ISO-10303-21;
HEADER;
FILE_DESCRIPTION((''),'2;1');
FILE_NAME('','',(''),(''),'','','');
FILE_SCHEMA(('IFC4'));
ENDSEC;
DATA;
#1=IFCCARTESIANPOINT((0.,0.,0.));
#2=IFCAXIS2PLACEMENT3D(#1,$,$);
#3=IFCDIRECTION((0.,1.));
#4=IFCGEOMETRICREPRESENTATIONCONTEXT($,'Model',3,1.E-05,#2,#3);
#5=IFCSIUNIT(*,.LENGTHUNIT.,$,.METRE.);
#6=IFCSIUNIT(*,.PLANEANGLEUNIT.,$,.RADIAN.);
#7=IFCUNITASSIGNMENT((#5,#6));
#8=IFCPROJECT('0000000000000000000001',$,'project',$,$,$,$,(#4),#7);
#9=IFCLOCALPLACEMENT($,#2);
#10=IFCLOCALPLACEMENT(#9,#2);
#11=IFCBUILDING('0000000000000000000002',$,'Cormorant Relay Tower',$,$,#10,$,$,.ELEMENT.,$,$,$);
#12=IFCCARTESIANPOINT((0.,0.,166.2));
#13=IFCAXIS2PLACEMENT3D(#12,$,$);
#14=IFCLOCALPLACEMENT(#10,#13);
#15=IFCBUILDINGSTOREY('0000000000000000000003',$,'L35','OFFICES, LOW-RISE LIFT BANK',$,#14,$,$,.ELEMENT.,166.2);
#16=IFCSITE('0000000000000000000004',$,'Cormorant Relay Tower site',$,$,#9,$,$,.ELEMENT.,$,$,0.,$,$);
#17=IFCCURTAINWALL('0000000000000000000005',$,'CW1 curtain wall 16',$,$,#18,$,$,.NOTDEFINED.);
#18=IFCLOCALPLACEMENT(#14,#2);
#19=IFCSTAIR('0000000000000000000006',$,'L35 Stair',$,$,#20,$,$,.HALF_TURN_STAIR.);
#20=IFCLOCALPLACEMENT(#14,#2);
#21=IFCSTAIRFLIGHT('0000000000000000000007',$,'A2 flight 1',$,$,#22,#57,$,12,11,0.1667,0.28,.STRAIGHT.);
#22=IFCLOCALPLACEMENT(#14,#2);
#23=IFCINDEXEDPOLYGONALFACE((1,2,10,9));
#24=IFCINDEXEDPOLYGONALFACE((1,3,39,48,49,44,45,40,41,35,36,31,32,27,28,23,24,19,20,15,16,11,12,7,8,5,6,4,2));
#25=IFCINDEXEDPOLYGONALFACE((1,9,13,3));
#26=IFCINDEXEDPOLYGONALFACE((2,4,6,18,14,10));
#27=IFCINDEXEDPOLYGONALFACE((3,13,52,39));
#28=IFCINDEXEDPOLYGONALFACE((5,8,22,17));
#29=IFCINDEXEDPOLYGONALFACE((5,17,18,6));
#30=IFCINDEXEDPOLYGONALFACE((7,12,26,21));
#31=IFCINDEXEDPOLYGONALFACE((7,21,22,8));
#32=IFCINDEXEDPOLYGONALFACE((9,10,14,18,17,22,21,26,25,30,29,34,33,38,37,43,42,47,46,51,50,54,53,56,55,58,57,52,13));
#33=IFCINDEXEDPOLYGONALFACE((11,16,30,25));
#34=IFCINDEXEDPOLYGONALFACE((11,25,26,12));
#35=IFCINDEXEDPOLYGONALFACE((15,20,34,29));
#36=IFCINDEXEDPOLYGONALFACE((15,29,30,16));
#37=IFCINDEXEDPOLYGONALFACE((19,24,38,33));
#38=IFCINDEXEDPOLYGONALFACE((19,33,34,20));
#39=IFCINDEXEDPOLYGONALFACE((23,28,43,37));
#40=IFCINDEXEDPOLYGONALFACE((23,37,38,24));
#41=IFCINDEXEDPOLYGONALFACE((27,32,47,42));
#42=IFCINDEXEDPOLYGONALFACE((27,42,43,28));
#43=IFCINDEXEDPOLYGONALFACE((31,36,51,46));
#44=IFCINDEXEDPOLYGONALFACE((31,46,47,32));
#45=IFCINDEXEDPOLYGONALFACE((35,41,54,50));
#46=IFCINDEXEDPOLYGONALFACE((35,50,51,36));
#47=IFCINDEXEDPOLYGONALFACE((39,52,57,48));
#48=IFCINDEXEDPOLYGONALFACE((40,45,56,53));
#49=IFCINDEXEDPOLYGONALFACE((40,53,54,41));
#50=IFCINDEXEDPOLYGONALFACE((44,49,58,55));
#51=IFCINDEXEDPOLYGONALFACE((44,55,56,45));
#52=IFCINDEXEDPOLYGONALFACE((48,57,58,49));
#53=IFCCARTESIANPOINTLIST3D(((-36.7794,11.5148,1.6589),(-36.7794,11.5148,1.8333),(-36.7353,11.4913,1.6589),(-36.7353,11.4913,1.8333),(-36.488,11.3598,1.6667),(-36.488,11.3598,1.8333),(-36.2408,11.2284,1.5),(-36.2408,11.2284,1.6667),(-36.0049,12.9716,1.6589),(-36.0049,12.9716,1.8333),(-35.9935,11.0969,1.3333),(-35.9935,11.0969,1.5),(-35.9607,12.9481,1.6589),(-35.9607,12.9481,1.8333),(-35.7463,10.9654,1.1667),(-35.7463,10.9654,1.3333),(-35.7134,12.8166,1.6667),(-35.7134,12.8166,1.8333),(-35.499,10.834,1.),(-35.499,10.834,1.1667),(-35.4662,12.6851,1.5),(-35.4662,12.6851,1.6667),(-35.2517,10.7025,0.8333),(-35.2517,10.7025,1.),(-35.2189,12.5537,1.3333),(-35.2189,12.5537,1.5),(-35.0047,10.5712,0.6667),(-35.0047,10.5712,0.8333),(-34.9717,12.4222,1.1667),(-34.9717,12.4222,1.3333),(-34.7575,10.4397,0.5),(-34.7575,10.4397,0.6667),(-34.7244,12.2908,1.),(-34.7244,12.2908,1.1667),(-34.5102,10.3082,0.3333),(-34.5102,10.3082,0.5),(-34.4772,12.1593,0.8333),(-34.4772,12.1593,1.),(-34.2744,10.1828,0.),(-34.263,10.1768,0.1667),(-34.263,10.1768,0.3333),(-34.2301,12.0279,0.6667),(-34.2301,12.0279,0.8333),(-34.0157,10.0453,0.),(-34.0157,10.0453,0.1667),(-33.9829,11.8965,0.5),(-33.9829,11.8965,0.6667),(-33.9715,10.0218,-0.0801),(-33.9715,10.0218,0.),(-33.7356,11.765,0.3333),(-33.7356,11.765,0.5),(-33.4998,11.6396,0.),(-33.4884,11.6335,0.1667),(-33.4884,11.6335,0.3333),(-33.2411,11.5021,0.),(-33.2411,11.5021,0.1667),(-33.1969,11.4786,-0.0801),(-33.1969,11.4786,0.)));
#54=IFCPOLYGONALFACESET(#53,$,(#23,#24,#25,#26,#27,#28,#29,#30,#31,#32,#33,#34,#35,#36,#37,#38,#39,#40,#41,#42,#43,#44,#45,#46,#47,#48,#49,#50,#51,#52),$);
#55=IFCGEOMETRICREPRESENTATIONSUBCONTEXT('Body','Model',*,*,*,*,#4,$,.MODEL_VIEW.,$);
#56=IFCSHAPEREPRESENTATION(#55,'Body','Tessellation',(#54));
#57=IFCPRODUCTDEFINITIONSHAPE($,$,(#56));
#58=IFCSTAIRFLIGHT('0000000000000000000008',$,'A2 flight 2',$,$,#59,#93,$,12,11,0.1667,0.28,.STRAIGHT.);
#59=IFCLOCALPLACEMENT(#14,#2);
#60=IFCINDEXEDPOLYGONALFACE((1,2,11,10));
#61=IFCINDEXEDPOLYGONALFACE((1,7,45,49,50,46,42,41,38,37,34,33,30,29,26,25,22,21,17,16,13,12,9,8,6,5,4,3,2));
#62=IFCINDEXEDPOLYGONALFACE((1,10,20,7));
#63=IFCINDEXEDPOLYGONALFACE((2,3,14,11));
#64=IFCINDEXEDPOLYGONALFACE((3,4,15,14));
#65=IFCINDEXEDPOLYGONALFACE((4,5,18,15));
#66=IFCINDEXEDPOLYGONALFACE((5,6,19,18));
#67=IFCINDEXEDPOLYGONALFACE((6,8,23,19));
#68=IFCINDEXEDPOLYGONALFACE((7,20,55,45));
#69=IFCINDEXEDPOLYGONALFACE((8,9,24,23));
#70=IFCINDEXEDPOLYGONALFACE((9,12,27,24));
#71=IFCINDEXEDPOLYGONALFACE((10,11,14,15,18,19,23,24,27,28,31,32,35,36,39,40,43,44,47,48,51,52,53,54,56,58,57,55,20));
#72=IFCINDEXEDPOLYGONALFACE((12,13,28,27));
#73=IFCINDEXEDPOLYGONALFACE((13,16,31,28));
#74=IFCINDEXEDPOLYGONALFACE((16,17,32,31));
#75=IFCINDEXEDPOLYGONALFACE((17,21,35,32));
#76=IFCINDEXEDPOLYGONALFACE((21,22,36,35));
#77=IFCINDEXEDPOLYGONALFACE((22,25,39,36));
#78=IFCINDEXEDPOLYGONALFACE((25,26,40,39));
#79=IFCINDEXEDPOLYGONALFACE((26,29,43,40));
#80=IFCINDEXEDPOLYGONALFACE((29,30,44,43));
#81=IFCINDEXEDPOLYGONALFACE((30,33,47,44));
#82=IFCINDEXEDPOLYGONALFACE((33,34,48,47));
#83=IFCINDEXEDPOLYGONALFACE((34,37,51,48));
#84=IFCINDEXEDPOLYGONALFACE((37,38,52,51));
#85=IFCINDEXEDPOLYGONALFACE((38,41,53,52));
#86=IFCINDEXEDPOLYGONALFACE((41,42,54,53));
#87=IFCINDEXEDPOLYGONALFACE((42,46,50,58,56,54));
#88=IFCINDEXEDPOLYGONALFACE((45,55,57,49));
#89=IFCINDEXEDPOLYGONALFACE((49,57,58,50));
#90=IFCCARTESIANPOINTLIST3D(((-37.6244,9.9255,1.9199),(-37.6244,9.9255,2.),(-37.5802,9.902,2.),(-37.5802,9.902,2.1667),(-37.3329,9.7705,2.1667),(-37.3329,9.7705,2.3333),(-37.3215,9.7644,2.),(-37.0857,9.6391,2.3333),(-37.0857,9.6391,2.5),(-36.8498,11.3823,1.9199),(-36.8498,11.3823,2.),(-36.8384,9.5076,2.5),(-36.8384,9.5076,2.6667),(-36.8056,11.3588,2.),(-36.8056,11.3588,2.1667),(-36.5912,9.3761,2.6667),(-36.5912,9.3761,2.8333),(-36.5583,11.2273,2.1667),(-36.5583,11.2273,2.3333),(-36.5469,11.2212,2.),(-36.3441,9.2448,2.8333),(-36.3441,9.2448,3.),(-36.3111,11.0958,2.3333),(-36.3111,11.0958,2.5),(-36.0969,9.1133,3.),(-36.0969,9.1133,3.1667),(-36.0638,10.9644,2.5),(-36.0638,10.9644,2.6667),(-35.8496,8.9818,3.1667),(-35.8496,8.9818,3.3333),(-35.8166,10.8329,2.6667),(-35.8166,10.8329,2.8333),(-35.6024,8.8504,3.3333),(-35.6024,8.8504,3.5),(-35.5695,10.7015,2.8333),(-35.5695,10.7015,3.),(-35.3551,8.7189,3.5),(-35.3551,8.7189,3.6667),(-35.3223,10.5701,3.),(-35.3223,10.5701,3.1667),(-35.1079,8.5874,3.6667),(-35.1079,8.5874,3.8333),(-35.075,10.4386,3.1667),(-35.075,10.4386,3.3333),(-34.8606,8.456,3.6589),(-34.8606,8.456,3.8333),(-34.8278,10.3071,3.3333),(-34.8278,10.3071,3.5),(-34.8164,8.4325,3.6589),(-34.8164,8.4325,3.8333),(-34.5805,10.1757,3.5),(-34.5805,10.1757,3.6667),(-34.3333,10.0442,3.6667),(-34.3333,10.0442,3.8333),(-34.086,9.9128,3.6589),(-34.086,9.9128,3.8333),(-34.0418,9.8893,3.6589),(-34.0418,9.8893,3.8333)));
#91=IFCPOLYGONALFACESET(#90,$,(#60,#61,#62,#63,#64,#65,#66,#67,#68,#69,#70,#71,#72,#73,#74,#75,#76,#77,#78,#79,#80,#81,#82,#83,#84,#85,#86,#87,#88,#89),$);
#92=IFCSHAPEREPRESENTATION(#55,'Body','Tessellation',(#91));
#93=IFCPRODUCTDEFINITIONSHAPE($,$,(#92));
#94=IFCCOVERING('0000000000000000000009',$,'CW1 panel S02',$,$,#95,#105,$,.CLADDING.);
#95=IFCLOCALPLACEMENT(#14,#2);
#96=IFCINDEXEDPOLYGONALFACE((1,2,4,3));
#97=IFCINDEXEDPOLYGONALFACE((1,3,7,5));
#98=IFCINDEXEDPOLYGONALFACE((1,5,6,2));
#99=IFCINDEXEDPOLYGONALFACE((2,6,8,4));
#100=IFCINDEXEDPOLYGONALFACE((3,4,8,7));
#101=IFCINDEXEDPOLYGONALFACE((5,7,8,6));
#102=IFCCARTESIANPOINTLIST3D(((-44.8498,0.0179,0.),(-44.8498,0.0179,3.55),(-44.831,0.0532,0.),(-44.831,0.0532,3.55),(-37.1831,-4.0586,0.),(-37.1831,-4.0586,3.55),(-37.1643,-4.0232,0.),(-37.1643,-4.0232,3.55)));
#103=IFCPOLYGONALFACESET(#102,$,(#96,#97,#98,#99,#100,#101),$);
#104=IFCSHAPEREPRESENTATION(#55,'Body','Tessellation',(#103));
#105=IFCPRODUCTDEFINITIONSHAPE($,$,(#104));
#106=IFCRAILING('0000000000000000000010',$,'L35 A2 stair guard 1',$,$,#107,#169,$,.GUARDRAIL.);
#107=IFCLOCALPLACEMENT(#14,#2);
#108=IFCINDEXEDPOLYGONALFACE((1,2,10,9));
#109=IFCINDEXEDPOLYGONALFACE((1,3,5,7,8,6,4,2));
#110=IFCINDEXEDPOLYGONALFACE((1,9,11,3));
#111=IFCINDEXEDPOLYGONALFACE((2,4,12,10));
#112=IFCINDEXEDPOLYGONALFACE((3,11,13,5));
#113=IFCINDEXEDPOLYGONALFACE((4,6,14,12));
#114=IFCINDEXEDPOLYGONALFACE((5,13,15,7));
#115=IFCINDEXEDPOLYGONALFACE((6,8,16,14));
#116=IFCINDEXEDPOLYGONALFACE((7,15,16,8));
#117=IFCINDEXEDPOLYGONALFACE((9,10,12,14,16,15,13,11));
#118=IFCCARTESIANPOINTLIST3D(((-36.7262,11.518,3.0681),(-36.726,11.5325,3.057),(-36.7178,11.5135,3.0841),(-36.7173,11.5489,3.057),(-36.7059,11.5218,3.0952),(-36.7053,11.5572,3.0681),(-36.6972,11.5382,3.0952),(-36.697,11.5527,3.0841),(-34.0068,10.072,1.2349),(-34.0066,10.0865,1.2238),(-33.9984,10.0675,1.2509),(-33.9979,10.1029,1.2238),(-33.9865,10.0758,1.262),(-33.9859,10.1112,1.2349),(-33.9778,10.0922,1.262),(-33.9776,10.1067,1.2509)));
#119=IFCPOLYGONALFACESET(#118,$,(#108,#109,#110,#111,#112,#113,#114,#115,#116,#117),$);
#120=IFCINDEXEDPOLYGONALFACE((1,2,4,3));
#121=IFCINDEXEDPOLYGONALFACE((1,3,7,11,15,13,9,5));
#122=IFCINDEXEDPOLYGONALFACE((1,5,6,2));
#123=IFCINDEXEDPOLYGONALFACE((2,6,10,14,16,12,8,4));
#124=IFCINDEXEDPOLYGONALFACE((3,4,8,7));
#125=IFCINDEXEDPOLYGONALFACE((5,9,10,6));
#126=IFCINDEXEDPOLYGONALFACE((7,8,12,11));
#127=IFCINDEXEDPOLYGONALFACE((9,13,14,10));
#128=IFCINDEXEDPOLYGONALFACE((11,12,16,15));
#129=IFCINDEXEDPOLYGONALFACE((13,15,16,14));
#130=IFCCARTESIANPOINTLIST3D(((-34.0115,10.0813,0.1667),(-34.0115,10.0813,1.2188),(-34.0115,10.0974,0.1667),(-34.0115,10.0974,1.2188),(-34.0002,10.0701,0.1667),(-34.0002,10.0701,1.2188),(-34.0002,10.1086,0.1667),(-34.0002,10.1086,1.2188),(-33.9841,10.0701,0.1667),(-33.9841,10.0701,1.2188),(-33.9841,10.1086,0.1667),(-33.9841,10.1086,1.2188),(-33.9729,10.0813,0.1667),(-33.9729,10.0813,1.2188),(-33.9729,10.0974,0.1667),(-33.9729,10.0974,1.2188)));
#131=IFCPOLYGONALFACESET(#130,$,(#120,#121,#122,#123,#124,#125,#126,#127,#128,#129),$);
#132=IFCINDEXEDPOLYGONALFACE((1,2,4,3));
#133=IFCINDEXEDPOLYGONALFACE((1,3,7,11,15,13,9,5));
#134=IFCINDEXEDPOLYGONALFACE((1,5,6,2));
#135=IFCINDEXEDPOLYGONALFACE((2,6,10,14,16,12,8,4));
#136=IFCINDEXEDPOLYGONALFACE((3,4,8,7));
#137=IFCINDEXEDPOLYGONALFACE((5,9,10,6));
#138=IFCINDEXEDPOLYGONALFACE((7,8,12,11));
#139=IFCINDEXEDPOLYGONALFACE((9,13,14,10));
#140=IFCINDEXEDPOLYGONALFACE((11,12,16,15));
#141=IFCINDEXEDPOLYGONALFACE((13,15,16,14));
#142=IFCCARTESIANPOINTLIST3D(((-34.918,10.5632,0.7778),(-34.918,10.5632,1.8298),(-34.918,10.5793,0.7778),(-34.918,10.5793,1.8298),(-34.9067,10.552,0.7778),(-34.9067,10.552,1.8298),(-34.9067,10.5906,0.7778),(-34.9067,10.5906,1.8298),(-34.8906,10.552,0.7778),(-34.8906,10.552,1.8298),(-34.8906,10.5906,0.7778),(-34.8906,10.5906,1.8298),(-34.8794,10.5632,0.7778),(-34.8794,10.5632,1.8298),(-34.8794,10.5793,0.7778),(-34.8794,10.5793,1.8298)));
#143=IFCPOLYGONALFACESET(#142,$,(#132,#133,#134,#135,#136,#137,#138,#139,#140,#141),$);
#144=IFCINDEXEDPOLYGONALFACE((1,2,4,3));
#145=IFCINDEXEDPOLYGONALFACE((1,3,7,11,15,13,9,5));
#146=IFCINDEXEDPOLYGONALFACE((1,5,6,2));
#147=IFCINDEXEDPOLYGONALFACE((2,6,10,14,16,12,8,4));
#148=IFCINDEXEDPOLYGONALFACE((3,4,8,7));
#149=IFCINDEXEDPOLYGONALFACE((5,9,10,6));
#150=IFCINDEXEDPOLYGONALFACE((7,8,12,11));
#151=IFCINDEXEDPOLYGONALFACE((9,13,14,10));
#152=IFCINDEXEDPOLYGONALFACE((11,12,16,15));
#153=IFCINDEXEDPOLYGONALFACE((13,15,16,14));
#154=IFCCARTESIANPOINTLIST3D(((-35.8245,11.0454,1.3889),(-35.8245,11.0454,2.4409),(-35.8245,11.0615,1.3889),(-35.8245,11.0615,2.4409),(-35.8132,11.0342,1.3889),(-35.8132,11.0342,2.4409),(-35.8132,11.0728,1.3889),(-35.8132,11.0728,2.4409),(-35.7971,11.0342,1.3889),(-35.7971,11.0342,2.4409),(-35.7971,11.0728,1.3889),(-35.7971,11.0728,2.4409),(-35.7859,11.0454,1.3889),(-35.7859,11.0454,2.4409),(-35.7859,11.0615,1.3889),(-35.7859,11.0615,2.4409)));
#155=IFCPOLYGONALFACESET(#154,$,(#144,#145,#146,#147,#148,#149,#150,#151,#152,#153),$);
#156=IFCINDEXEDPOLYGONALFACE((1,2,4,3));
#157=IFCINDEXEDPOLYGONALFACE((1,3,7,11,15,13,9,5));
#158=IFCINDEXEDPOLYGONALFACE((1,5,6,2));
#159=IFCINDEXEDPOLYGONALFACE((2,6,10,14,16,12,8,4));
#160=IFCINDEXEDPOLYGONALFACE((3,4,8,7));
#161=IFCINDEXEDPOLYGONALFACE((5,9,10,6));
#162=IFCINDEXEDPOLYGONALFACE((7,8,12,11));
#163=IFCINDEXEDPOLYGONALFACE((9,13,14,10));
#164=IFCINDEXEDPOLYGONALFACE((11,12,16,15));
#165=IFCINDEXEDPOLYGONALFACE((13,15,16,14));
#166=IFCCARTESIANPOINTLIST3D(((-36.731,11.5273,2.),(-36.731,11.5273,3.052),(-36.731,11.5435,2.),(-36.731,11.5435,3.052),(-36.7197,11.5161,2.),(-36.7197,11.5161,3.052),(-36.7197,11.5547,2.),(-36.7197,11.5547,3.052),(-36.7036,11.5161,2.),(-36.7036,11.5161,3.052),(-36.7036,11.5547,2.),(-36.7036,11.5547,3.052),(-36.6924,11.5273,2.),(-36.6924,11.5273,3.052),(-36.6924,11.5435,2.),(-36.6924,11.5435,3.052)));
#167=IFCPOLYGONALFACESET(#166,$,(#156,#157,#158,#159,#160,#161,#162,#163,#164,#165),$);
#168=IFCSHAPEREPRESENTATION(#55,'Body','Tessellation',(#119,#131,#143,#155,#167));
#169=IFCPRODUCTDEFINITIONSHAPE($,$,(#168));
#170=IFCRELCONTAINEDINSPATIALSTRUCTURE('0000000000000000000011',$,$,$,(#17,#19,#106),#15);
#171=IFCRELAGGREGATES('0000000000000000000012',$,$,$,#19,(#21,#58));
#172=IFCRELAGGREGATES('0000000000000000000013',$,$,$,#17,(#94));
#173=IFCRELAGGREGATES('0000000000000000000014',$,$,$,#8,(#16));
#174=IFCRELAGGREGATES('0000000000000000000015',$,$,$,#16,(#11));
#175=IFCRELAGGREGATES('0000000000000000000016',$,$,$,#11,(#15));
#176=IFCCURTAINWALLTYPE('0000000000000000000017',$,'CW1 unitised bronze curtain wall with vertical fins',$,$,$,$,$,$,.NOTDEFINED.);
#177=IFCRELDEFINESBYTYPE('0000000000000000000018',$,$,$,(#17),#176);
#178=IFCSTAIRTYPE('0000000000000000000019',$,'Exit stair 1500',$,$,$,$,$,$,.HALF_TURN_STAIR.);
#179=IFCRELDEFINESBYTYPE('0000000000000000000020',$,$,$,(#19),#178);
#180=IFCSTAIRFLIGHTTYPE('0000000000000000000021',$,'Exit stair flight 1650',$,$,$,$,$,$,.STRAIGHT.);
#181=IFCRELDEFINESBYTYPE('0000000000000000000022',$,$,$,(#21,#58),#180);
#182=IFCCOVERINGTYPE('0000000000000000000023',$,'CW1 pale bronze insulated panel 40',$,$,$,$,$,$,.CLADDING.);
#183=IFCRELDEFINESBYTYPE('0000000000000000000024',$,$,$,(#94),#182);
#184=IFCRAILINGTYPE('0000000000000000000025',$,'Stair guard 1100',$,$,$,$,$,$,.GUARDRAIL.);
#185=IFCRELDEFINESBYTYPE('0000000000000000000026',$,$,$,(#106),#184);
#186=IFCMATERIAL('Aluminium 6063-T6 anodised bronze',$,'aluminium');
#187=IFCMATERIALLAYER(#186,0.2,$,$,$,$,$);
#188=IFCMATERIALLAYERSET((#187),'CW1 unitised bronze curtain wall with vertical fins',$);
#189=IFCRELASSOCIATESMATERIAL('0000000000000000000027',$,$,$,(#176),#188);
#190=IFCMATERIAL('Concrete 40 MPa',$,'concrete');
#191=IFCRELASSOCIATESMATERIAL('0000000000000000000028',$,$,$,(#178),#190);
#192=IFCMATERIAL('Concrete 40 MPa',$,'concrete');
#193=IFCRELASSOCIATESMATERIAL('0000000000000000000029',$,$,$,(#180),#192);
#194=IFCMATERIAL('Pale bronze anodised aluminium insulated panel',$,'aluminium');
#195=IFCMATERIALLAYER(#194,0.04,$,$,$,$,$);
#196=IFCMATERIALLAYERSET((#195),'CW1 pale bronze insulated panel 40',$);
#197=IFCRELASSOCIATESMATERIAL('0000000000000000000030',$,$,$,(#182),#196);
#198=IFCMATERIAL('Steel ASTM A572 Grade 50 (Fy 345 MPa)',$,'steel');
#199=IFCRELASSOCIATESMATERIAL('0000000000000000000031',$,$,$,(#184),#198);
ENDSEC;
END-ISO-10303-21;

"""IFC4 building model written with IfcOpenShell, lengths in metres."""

from ifc_helpers import new_model, si_unit, direction, frame, origin, origin_2d, place, context, subcontext, project, spatial, polyline, rectangle, outline, extrude, material, layer, layer_set, type_object, element, aggregate, save


model = new_model("IFC4")

# Units and contexts
model_context = context("Model", 3, precision=1e-05, world=origin(), true_north=direction((0.0, 1.0)))
body_context = subcontext(model_context, "Body", "Model", "MODEL_VIEW")
ifc_project = project(units=[si_unit("LENGTHUNIT", "METRE"), si_unit("PLANEANGLEUNIT", "RADIAN")], contexts=[model_context])

# Site, building, storey
site_placement = place(None, origin())
site = spatial("IfcSite", under=ifc_project, at=site_placement, Name="Cormorant Relay Tower site", CompositionType="ELEMENT", RefElevation=0.0)
building_placement = place(site_placement, origin())
building = spatial("IfcBuilding", under=site, at=building_placement, Name="Cormorant Relay Tower", CompositionType="ELEMENT")
storey_placement = place(building_placement, frame((0.0, 0.0, 166.2)))
storey = spatial("IfcBuildingStorey", under=building, at=storey_placement, Name="L35", Description="OFFICES, LOW-RISE LIFT BANK", CompositionType="ELEMENT", Elevation=166.2)

# Curtain wall
ifc_material_1 = material(Name="Aluminium 6063-T6 anodised bronze", Category="aluminium")
ifc_layer_1 = layer(ifc_material_1, 0.2)
ifc_layer_set_1 = layer_set([ifc_layer_1], Name="CW1 unitised bronze curtain wall with vertical fins")
curtain_wall_type = type_object("IfcCurtainWallType", Name="CW1 unitised bronze curtain wall with vertical fins", PredefinedType="NOTDEFINED", material=ifc_layer_set_1)
curtain_wall_placement = place(storey_placement, origin())
curtain_wall = element("IfcCurtainWall", 1, at=curtain_wall_placement, inside=storey, type_object=curtain_wall_type, Name="CW1 curtain wall 16", PredefinedType="NOTDEFINED")

# Stair, stair flights
ifc_material_2 = material(Name="Concrete 40 MPa", Category="concrete")
stair_type = type_object("IfcStairType", Name="Exit stair 1500", PredefinedType="HALF_TURN_STAIR", material=ifc_material_2)
stair_placement = place(storey_placement, origin())
stair = element("IfcStair", 2, at=stair_placement, inside=storey, type_object=stair_type, Name="L35 Stair", PredefinedType="HALF_TURN_STAIR")
ifc_material_3 = material(Name="Concrete 40 MPa", Category="concrete")
stair_flight_type = type_object("IfcStairFlightType", Name="Exit stair flight 1650", PredefinedType="STRAIGHT", material=ifc_material_3)
stair_flight_1_placement = place(storey_placement, frame((-33.6284, 10.7737, 0.0), z_axis=(0.0, 0.0, 1.0), x_axis=(-0.882948, 0.469472, 0.0)))
stair_flight_1 = element("IfcStairFlight", 3, at=stair_flight_1_placement, type_object=stair_flight_type, Name="A2 flight 1", NumberOfRisers=12, NumberOfTreads=11, PredefinedType="STRAIGHT", RiserHeight=0.1667, TreadLength=0.28, context=body_context, shape_type="SweptSolid", body=[
    extrude(outline(polyline([(-0.05, -0.0801), (-0.05, 0.0), (0.0, 0.0), (0.0, 0.1667), (0.28, 0.1667), (0.28, 0.3333), (0.5601, 0.3333), (0.5601, 0.5), (0.8401, 0.5), (0.8401, 0.6667), (1.1201, 0.6667), (1.1201, 0.8333), (1.3999, 0.8333), (1.3999, 1.0), (1.6799, 1.0), (1.6799, 1.1667), (1.96, 1.1667), (1.96, 1.3333), (2.24, 1.3333), (2.24, 1.5), (2.52, 1.5), (2.52, 1.6667), (2.8, 1.6667), (2.8, 1.8333), (3.0801, 1.8333), (3.1301, 1.8333), (3.1301, 1.6589), (3.0801, 1.6589), (0.293, 0.0), (-0.05, -0.0801)])), frame((0.0, 0.825, 0.0), z_axis=(0.0, -1.0, 0.0), x_axis=(1.0, 0.0, 0.0)), (0.0, 0.0, 1.0), 1.6499),
])
stair_flight_2_placement = place(storey_placement, frame((-37.1929, 10.6304, 2.0), z_axis=(0.0, 0.0, 1.0), x_axis=(0.882948, -0.469472, 0.0)))
stair_flight_2 = element("IfcStairFlight", 4, at=stair_flight_2_placement, type_object=stair_flight_type, Name="A2 flight 2", NumberOfRisers=12, NumberOfTreads=11, PredefinedType="STRAIGHT", RiserHeight=0.1667, TreadLength=0.28, context=body_context, shape_type="SweptSolid", body=[
    extrude(outline(polyline([(-0.05, -0.0801), (-0.05, 0.0), (0.0, 0.0), (0.0, 0.1667), (0.28, 0.1667), (0.28, 0.3333), (0.5601, 0.3333), (0.5601, 0.5), (0.8401, 0.5), (0.8401, 0.6667), (1.1201, 0.6667), (1.1201, 0.8333), (1.3999, 0.8333), (1.3999, 1.0), (1.6799, 1.0), (1.6799, 1.1667), (1.96, 1.1667), (1.96, 1.3333), (2.24, 1.3333), (2.24, 1.5), (2.52, 1.5), (2.52, 1.6667), (2.8, 1.6667), (2.8, 1.8333), (3.0801, 1.8333), (3.1301, 1.8333), (3.1301, 1.6589), (3.0801, 1.6589), (0.293, 0.0), (-0.05, -0.0801)])), frame((0.0, 0.825, 0.0), z_axis=(0.0, -1.0, 0.0), x_axis=(1.0, 0.0, 0.0)), (0.0, 0.0, 1.0), 1.6499),
])
aggregate(stair, [stair_flight_1, stair_flight_2])

# Covering
ifc_material_4 = material(Name="Pale bronze anodised aluminium insulated panel", Category="aluminium")
ifc_layer_2 = layer(ifc_material_4, 0.04)
ifc_layer_set_2 = layer_set([ifc_layer_2], Name="CW1 pale bronze insulated panel 40")
covering_type = type_object("IfcCoveringType", Name="CW1 pale bronze insulated panel 40", PredefinedType="CLADDING", material=ifc_layer_set_2)
covering_placement = place(storey_placement, frame((-41.0071, -2.0027, 0.0), z_axis=(0.0, 0.0, 1.0), x_axis=(0.882948, -0.469472, 0.0)))
covering = element("IfcCovering", 5, at=covering_placement, type_object=covering_type, Name="CW1 panel S02", PredefinedType="CLADDING", context=body_context, shape_type="SweptSolid", body=[
    extrude(rectangle(XDim=8.6831, YDim=0.04, at=origin_2d()), origin(), (0.0, 0.0, 1.0), 3.55),
])
aggregate(curtain_wall, [covering])

# Railing
ifc_material_5 = material(Name="Steel ASTM A572 Grade 50 (Fy 345 MPa)", Category="steel")
railing_type_1 = type_object("IfcRailingType", Name="Stair guard 1100", PredefinedType="GUARDRAIL", material=ifc_material_5)
railing_1_placement = place(storey_placement, frame((-33.9922, 10.0894, 0.1667)))
element("IfcRailing", 6, at=railing_1_placement, inside=storey, type_object=railing_type_1, Name="L35 A2 stair guard 1", PredefinedType="GUARDRAIL", context=body_context, shape_type="SweptSolid", body=[
    extrude(outline(polyline([(0.0222, 0.0093), (0.0093, 0.0222), (-0.0093, 0.0222), (-0.0222, 0.0093), (-0.0222, -0.0093), (-0.0093, -0.0222), (0.0093, -0.0222), (0.0222, -0.0093), (0.0222, 0.0093)])), frame((0.0, 0.0, 1.0762), z_axis=(-0.758714, 0.403435, 0.511463), x_axis=(-0.469489, -0.882938, 0.0)), (0.0, 0.0, 1.0), 3.5842),
    extrude(outline(polyline([(0.0193, 0.0081), (0.0081, 0.0193), (-0.0081, 0.0193), (-0.0193, 0.0081), (-0.0193, -0.0081), (-0.0081, -0.0193), (0.0081, -0.0193), (0.0193, -0.0081), (0.0193, 0.0081)])), origin(), (0.0, 0.0, 1.0), 1.052),
    extrude(outline(polyline([(0.0193, 0.0081), (0.0081, 0.0193), (-0.0081, 0.0193), (-0.0193, 0.0081), (-0.0193, -0.0081), (-0.0081, -0.0193), (0.0081, -0.0193), (0.0193, -0.0081), (0.0193, 0.0081)])), frame((-0.9065, 0.4819, 0.6111)), (0.0, 0.0, 1.0), 1.052),
    extrude(outline(polyline([(0.0193, 0.0081), (0.0081, 0.0193), (-0.0081, 0.0193), (-0.0193, 0.0081), (-0.0193, -0.0081), (-0.0081, -0.0193), (0.0081, -0.0193), (0.0193, -0.0081), (0.0193, 0.0081)])), frame((-1.813, 0.9641, 1.2222)), (0.0, 0.0, 1.0), 1.052),
    extrude(outline(polyline([(0.0193, 0.0081), (0.0081, 0.0193), (-0.0081, 0.0193), (-0.0193, 0.0081), (-0.0193, -0.0081), (-0.0081, -0.0193), (0.0081, -0.0193), (0.0193, -0.0081), (0.0193, 0.0081)])), frame((-2.7195, 1.446, 1.8333)), (0.0, 0.0, 1.0), 1.052),
])

save(model, "model.ifc")
